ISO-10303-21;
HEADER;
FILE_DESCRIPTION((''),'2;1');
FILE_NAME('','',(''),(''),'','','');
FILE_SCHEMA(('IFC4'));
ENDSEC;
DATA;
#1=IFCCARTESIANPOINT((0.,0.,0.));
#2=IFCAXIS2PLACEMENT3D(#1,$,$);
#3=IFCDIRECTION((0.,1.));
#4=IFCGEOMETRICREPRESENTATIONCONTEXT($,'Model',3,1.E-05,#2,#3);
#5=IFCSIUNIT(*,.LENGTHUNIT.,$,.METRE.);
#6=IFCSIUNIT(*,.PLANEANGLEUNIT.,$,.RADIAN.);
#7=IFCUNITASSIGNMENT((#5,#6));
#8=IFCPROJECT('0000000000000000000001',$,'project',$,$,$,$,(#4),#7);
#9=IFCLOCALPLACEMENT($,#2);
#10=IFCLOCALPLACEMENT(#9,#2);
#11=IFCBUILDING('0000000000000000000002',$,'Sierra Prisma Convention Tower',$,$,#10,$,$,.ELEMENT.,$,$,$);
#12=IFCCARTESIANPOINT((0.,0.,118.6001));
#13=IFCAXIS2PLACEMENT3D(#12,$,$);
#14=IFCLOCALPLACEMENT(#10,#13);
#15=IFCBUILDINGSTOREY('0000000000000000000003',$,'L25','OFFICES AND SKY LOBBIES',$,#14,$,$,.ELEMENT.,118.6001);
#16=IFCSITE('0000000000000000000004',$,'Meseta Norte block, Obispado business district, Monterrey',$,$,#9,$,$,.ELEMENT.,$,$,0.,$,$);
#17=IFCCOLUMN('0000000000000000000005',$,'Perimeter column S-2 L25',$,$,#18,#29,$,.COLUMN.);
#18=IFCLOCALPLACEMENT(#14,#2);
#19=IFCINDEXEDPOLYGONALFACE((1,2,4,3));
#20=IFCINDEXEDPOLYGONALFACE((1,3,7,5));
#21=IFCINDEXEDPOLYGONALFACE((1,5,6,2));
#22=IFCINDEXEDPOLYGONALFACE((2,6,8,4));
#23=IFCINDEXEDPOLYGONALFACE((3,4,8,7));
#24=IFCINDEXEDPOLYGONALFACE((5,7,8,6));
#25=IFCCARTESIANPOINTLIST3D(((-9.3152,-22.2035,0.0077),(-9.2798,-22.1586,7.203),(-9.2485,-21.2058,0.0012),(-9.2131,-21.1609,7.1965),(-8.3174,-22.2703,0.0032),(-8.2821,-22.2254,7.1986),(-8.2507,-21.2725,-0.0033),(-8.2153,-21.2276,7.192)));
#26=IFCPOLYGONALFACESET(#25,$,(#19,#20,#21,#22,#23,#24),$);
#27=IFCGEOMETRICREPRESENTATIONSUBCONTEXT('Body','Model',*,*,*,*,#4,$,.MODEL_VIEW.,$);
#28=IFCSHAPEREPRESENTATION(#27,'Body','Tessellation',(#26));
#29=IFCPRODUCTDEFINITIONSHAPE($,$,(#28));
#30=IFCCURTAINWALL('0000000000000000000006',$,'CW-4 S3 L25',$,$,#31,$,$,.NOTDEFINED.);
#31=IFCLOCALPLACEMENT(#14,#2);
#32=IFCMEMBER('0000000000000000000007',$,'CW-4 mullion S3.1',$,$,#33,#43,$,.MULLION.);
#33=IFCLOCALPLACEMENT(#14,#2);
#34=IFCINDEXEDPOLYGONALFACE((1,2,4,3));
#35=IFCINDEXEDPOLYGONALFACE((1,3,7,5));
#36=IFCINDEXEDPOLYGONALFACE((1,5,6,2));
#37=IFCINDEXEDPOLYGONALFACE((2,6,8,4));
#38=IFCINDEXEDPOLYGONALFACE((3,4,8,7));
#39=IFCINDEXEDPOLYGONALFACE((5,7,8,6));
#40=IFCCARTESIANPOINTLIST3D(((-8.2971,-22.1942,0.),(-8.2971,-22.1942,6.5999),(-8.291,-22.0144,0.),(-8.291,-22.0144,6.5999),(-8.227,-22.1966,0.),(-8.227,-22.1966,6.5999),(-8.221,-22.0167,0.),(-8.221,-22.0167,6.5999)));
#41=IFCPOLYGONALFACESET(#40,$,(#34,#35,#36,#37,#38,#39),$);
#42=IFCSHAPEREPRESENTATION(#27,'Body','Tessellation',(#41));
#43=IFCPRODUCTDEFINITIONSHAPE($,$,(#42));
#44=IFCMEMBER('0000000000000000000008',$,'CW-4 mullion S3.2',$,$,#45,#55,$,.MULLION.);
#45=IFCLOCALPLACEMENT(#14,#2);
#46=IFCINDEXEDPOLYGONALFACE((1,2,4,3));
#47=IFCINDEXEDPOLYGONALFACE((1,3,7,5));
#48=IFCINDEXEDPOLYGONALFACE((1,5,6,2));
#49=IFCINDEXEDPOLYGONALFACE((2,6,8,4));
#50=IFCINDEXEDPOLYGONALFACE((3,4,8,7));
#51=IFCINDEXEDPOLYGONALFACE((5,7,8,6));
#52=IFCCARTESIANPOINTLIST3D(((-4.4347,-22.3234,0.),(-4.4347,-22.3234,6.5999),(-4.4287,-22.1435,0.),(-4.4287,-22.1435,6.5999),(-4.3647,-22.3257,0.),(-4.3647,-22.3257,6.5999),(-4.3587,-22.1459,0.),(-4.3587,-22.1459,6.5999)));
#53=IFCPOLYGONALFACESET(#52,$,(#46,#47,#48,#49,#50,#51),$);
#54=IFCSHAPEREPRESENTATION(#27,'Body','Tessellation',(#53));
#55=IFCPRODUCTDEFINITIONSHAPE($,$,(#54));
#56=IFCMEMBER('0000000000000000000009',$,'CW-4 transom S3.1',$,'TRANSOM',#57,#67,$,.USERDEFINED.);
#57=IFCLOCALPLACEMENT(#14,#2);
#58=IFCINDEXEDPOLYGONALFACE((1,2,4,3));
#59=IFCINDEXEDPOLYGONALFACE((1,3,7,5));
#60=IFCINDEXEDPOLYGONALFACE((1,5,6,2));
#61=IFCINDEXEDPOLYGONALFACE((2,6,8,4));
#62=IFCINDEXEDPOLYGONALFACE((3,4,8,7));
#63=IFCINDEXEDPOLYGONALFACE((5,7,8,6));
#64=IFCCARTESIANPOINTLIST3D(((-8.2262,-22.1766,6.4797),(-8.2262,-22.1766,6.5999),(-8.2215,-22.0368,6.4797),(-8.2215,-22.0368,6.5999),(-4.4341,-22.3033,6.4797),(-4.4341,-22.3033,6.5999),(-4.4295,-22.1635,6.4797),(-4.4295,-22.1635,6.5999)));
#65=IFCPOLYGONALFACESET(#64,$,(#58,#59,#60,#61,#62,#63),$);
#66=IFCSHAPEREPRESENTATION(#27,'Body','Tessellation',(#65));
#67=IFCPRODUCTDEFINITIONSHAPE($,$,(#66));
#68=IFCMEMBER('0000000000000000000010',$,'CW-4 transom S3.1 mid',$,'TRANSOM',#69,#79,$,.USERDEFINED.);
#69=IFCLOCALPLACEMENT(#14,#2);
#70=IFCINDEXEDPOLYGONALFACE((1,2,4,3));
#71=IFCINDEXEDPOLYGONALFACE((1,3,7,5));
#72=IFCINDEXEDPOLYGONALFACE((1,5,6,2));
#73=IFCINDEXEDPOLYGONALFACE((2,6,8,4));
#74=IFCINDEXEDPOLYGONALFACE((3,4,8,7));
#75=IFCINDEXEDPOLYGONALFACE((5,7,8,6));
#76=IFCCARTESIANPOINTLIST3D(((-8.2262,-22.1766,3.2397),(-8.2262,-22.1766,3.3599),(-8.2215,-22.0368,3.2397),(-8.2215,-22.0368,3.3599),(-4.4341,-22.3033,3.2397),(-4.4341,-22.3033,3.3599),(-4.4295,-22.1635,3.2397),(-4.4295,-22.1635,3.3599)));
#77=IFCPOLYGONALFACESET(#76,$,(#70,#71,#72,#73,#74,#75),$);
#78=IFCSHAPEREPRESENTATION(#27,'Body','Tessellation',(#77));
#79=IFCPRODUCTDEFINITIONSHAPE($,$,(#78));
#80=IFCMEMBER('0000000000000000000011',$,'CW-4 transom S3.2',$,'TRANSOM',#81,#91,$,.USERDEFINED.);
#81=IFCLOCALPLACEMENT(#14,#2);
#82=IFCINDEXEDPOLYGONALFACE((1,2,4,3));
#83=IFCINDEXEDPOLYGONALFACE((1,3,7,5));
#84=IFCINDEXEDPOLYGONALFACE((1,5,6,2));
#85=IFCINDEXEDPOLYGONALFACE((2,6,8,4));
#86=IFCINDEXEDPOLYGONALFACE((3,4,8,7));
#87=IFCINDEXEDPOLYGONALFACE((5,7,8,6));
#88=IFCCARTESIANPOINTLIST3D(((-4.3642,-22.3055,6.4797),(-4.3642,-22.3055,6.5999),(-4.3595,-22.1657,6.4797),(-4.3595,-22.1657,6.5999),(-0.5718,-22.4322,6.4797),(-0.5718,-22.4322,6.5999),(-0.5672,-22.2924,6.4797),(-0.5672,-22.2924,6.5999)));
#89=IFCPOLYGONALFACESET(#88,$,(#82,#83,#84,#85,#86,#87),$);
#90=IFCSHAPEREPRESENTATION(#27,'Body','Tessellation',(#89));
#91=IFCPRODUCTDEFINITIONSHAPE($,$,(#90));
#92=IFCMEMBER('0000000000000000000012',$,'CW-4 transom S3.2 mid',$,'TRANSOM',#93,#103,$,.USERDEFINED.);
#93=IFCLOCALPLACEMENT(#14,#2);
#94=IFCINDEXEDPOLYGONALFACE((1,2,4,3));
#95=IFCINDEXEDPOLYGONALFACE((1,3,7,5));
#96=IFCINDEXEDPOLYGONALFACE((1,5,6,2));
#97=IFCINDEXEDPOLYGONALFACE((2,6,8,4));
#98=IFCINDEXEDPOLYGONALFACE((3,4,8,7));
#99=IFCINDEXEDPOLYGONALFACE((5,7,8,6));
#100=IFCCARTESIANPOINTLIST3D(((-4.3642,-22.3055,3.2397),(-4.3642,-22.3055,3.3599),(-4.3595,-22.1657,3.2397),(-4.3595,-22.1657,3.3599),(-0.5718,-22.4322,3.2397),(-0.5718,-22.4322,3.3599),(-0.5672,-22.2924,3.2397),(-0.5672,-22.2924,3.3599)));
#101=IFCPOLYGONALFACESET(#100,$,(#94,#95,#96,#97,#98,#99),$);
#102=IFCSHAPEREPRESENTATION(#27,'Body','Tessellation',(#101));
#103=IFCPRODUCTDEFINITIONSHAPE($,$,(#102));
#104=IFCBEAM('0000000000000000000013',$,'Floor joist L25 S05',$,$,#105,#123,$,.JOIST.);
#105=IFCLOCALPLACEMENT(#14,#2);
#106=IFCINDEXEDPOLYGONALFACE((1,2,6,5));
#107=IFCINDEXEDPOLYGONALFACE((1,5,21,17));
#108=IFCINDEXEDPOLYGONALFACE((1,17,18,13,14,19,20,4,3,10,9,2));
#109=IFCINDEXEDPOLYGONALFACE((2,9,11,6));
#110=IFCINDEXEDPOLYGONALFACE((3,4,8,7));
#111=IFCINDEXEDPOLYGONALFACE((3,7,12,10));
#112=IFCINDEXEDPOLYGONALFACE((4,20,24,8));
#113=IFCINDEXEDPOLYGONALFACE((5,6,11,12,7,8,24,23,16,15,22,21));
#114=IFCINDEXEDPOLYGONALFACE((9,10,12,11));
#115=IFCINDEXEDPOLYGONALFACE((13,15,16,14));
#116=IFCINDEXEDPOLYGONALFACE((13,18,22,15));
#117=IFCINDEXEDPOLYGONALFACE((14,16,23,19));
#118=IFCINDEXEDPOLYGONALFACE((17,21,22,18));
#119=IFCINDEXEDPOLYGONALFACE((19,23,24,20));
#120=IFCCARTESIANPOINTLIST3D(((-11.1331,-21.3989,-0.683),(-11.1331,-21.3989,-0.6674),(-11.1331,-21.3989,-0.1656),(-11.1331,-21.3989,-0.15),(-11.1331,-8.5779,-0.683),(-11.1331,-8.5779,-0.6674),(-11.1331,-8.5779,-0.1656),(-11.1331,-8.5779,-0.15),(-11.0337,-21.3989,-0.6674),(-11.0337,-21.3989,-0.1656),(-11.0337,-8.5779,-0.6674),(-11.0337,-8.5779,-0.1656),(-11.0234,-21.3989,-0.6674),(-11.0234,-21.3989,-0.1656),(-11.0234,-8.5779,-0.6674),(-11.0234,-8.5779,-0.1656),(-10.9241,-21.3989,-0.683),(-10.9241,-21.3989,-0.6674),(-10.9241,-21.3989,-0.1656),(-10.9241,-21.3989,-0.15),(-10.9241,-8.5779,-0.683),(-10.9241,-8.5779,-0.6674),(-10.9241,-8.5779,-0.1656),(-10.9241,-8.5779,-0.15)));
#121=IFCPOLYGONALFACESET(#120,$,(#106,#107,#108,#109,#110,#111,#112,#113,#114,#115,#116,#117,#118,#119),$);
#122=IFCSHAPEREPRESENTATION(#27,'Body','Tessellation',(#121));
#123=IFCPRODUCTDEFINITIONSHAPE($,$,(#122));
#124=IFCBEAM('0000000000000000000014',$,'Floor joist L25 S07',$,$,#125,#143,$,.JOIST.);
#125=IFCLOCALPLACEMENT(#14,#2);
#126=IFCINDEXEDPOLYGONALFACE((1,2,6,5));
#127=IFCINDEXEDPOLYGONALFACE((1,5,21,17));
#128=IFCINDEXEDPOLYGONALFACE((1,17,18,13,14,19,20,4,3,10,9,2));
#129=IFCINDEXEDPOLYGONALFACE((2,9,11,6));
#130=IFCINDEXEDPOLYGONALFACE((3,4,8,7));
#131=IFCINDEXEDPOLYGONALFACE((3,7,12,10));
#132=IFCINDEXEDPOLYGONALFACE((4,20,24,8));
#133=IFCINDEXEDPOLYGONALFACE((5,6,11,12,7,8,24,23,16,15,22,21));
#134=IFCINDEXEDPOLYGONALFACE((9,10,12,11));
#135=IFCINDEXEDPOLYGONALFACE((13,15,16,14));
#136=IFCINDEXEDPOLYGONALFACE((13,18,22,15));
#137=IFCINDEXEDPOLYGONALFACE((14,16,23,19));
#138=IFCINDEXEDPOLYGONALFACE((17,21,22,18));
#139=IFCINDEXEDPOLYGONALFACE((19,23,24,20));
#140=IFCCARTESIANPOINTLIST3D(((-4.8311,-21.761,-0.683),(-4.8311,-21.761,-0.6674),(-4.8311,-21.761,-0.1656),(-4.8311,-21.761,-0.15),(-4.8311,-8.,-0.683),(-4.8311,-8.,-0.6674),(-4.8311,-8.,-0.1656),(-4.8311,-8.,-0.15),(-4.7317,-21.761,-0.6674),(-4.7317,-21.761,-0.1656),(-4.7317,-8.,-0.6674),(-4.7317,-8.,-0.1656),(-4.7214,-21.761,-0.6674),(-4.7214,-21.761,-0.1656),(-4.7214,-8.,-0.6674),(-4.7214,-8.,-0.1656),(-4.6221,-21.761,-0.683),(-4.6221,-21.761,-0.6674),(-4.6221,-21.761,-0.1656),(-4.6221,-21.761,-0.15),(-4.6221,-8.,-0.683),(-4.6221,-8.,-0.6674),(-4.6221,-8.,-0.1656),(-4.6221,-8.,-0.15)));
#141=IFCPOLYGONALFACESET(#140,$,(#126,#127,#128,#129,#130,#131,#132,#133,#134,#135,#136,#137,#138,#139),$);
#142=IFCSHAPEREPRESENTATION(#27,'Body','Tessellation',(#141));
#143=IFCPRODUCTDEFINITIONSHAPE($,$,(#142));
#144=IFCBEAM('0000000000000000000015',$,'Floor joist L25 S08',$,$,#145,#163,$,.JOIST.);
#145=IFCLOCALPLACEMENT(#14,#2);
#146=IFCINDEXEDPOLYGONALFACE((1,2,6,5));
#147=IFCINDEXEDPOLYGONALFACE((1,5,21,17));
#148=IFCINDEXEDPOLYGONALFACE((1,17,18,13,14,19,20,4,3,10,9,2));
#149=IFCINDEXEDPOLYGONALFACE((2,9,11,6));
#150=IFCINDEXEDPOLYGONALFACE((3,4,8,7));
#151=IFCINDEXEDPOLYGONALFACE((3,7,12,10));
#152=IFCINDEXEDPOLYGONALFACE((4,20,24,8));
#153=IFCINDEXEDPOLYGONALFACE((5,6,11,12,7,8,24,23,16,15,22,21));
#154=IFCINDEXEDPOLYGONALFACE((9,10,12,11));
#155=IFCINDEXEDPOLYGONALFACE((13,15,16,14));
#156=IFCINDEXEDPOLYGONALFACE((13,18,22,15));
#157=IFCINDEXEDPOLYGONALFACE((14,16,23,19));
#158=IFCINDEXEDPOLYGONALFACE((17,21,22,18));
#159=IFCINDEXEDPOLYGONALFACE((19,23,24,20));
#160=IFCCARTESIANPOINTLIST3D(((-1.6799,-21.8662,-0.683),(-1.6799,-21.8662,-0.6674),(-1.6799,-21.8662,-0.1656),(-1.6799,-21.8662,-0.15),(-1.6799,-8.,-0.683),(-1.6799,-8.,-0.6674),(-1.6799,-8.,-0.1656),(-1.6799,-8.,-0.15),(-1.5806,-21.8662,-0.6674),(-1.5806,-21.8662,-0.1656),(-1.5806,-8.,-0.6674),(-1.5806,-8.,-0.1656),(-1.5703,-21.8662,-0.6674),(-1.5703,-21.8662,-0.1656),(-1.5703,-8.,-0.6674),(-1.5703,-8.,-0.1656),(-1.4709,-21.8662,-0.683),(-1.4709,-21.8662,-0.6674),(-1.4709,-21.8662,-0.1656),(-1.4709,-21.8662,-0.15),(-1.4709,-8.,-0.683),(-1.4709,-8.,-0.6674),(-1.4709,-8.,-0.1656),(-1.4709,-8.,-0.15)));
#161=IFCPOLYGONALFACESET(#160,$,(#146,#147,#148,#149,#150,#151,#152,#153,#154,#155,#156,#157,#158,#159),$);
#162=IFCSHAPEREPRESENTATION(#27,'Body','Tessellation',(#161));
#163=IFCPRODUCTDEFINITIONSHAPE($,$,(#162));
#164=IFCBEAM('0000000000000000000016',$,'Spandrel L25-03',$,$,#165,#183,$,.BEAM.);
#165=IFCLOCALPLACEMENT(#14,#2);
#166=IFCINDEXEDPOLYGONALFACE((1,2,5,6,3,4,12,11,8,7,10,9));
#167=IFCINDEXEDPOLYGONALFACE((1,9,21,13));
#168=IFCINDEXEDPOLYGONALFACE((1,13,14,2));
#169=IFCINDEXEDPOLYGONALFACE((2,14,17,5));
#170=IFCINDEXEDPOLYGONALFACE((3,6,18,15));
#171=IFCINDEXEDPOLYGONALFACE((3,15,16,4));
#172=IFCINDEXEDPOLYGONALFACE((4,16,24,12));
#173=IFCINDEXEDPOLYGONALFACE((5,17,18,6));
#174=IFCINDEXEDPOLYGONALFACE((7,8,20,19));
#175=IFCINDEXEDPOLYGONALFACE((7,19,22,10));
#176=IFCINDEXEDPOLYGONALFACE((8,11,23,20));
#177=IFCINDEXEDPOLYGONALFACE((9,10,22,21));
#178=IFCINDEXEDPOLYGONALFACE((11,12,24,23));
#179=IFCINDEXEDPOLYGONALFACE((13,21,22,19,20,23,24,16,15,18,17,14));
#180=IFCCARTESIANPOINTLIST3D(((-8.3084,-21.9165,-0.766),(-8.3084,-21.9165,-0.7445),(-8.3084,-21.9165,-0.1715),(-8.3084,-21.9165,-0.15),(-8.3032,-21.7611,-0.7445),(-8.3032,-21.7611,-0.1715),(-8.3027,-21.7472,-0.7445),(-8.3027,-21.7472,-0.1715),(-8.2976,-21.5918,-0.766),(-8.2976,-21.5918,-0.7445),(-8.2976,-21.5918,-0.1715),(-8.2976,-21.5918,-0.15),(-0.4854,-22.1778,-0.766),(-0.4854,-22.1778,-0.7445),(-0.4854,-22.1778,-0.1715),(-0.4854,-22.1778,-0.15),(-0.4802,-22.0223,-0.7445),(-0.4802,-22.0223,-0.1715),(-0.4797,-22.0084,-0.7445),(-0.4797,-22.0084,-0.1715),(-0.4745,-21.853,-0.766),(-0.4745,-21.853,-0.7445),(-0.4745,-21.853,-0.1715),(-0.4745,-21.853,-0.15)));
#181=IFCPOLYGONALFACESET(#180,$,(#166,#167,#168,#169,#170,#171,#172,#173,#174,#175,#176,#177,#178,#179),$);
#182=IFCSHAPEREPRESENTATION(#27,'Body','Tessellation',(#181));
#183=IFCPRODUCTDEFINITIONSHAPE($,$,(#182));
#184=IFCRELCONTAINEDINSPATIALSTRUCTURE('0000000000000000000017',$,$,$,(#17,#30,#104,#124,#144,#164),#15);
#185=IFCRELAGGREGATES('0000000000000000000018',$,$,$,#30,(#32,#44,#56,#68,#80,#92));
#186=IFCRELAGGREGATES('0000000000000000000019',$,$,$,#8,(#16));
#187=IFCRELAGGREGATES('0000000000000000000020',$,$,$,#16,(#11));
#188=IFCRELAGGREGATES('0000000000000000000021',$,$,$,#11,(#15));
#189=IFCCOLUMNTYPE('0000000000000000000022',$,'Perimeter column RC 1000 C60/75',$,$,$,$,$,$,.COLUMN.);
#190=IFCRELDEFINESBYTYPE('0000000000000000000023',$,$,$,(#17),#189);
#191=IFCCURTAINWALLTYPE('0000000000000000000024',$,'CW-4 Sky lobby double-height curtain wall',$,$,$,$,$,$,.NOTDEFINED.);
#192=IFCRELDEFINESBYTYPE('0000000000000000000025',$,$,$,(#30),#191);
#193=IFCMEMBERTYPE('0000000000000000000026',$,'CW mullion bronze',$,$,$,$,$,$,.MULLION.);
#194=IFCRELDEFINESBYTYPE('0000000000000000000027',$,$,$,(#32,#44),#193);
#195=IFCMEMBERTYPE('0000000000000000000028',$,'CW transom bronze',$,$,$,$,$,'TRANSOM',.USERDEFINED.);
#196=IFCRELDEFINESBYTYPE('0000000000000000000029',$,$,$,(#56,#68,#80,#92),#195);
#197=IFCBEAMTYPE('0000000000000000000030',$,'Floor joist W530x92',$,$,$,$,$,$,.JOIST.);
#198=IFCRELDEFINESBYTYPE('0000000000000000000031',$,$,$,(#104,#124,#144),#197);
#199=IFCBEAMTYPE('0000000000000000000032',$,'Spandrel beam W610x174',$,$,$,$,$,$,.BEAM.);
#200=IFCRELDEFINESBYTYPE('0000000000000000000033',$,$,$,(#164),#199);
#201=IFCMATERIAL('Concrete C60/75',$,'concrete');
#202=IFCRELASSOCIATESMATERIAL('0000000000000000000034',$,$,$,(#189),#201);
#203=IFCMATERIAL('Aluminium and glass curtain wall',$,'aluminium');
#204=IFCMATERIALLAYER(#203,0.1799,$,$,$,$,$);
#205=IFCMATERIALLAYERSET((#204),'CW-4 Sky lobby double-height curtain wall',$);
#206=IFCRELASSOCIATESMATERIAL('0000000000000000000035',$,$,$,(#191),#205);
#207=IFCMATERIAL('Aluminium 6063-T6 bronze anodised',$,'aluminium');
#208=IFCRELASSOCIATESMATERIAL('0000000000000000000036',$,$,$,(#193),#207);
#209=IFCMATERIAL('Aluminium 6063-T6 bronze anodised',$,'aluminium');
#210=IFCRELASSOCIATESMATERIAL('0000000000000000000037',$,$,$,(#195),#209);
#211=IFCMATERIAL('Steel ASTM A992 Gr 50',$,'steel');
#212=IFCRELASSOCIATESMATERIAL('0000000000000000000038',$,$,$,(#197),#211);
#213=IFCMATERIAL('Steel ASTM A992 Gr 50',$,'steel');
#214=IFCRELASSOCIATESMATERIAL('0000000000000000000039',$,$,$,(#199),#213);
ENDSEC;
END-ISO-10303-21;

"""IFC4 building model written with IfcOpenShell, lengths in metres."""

from ifc_helpers import new_model, si_unit, direction, frame, origin, origin_2d, place, context, subcontext, project, spatial, rectangle, i_section, extrude, clip, halfspace, material, layer, layer_set, material_profile, profile_set, type_object, element, aggregate, save


model = new_model("IFC4")

# Units and contexts
model_context = context("Model", 3, precision=1e-05, world=origin(), true_north=direction((0.0, 1.0)))
body_context = subcontext(model_context, "Body", "Model", "MODEL_VIEW")
ifc_project = project(units=[si_unit("LENGTHUNIT", "METRE"), si_unit("PLANEANGLEUNIT", "RADIAN")], contexts=[model_context])

# Site, building, storey
site_placement = place(None, origin())
site = spatial("IfcSite", under=ifc_project, at=site_placement, Name="Meseta Norte block, Obispado business district, Monterrey", CompositionType="ELEMENT", RefElevation=0.0)
building_placement = place(site_placement, origin())
building = spatial("IfcBuilding", under=site, at=building_placement, Name="Sierra Prisma Convention Tower", CompositionType="ELEMENT")
storey_placement = place(building_placement, frame((0.0, 0.0, 118.6001)))
storey = spatial("IfcBuildingStorey", under=building, at=storey_placement, Name="L25", Description="OFFICES AND SKY LOBBIES", CompositionType="ELEMENT", Elevation=118.6001)

# Column
ifc_material_1 = material(Name="Concrete C60/75", Category="concrete")
ifc_material_profile_1 = material_profile(ifc_material_1, rectangle(XDim=1.0, YDim=1.0, at=origin_2d()), Name="Perimeter column RC 1000 C60/75")
ifc_profile_set_1 = profile_set([ifc_material_profile_1], Name="Concrete C60/75")
column_type = type_object("IfcColumnType", Name="Perimeter column RC 1000 C60/75", PredefinedType="COLUMN", material=ifc_profile_set_1)
column_placement = place(storey_placement, frame((-8.783, -21.738, 0.0), z_axis=(0.004917, 0.006239, 0.999968), x_axis=(-0.997757, 0.066782, 0.004489)))
element("IfcColumn", 1, at=column_placement, inside=storey, type_object=column_type, Name="Perimeter column S-2 L25", PredefinedType="COLUMN", context=body_context, shape_type="SweptSolid", body=[
    clip(clip(extrude(rectangle(XDim=1.0, YDim=1.0, at=origin_2d()), origin(), (0.0, 0.0, 1.0), 7.2002), halfspace(frame((0.0, 0.0, 0.0022)), True)), halfspace(frame((0.0, 0.0, 7.1978)), False)),
])

# Curtain wall, members
ifc_material_2 = material(Name="Aluminium and glass curtain wall", Category="aluminium")
ifc_layer_1 = layer(ifc_material_2, 0.1799)
ifc_layer_set_1 = layer_set([ifc_layer_1], Name="CW-4 Sky lobby double-height curtain wall")
curtain_wall_type = type_object("IfcCurtainWallType", Name="CW-4 Sky lobby double-height curtain wall", PredefinedType="NOTDEFINED", material=ifc_layer_set_1)
curtain_wall_1_placement = place(storey_placement, origin())
curtain_wall_1 = element("IfcCurtainWall", 2, at=curtain_wall_1_placement, inside=storey, type_object=curtain_wall_type, Name="CW-4 S3 L25", PredefinedType="NOTDEFINED")
ifc_material_3 = material(Name="Aluminium 6063-T6 bronze anodised", Category="aluminium")
ifc_material_profile_2 = material_profile(ifc_material_3, rectangle(XDim=0.1799, YDim=0.0701, at=origin_2d()), Name="ALU MULLION 70x180")
ifc_profile_set_2 = profile_set([ifc_material_profile_2], Name="Aluminium 6063-T6 bronze anodised")
member_type_1 = type_object("IfcMemberType", Name="CW mullion bronze", PredefinedType="MULLION", material=ifc_profile_set_2)
member_1_placement = place(storey_placement, frame((-8.259, -22.1055, 0.0), z_axis=(0.0, 0.0, 1.0), x_axis=(0.033395, 0.999442, 0.0)))
member_1 = element("IfcMember", 3, at=member_1_placement, type_object=member_type_1, Name="CW-4 mullion S3.1", PredefinedType="MULLION", context=body_context, shape_type="SweptSolid", body=[
    extrude(rectangle(XDim=0.1799, YDim=0.0701, at=origin_2d()), origin(), (0.0, 0.0, 1.0), 6.5999),
])
member_2_placement = place(storey_placement, frame((-4.3967, -22.2346, 0.0), z_axis=(0.0, 0.0, 1.0), x_axis=(0.033395, 0.999442, 0.0)))
member_2 = element("IfcMember", 4, at=member_2_placement, type_object=member_type_1, Name="CW-4 mullion S3.2", PredefinedType="MULLION", context=body_context, shape_type="SweptSolid", body=[
    extrude(rectangle(XDim=0.1799, YDim=0.0701, at=origin_2d()), origin(), (0.0, 0.0, 1.0), 6.5999),
])
ifc_material_4 = material(Name="Aluminium 6063-T6 bronze anodised", Category="aluminium")
ifc_material_profile_3 = material_profile(ifc_material_4, rectangle(XDim=0.1399, YDim=0.1201, at=origin_2d()), Name="ALU TRANSOM 120x140")
ifc_profile_set_3 = profile_set([ifc_material_profile_3], Name="Aluminium 6063-T6 bronze anodised")
member_type_2 = type_object("IfcMemberType", Name="CW transom bronze", ElementType="TRANSOM", PredefinedType="USERDEFINED", material=ifc_profile_set_3)
member_3_placement = place(storey_placement, frame((-8.2239, -22.1067, 6.5398), z_axis=(0.999442, -0.033396, 0.0), x_axis=(0.033396, 0.999442, 0.0)))
member_3 = element("IfcMember", 5, at=member_3_placement, type_object=member_type_2, Name="CW-4 transom S3.1", ObjectType="TRANSOM", PredefinedType="USERDEFINED", context=body_context, shape_type="SweptSolid", body=[
    extrude(rectangle(XDim=0.1399, YDim=0.1201, at=origin_2d()), origin(), (0.0, 0.0, 1.0), 3.7942),
])
member_4_placement = place(storey_placement, frame((-8.2239, -22.1067, 3.2998), z_axis=(0.999442, -0.033396, 0.0), x_axis=(0.033396, 0.999442, 0.0)))
member_4 = element("IfcMember", 6, at=member_4_placement, type_object=member_type_2, Name="CW-4 transom S3.1 mid", ObjectType="TRANSOM", PredefinedType="USERDEFINED", context=body_context, shape_type="SweptSolid", body=[
    extrude(rectangle(XDim=0.1399, YDim=0.1201, at=origin_2d()), origin(), (0.0, 0.0, 1.0), 3.7942),
])
member_5_placement = place(storey_placement, frame((-4.3618, -22.2356, 6.5398), z_axis=(0.999442, -0.033394, 0.0), x_axis=(0.033394, 0.999442, 0.0)))
member_5 = element("IfcMember", 7, at=member_5_placement, type_object=member_type_2, Name="CW-4 transom S3.2", ObjectType="TRANSOM", PredefinedType="USERDEFINED", context=body_context, shape_type="SweptSolid", body=[
    extrude(rectangle(XDim=0.1399, YDim=0.1201, at=origin_2d()), origin(), (0.0, 0.0, 1.0), 3.7944),
])
member_6_placement = place(storey_placement, frame((-4.3618, -22.2356, 3.2998), z_axis=(0.999442, -0.033394, 0.0), x_axis=(0.033394, 0.999442, 0.0)))
member_6 = element("IfcMember", 8, at=member_6_placement, type_object=member_type_2, Name="CW-4 transom S3.2 mid", ObjectType="TRANSOM", PredefinedType="USERDEFINED", context=body_context, shape_type="SweptSolid", body=[
    extrude(rectangle(XDim=0.1399, YDim=0.1201, at=origin_2d()), origin(), (0.0, 0.0, 1.0), 3.7944),
])

# Beams
ifc_material_5 = material(Name="Steel ASTM A992 Gr 50", Category="steel")
ifc_material_profile_4 = material_profile(ifc_material_5, i_section(OverallWidth=0.209, OverallDepth=0.533, WebThickness=0.0103, FlangeThickness=0.0156, at=origin_2d()), Name="W530x92")
ifc_profile_set_4 = profile_set([ifc_material_profile_4], Name="Steel ASTM A992 Gr 50")
beam_type_1 = type_object("IfcBeamType", Name="Floor joist W530x92", PredefinedType="JOIST", material=ifc_profile_set_4)
beam_1_placement = place(storey_placement, frame((-11.0286, -21.3989, -0.4165), z_axis=(0.0, 1.0, 0.0), x_axis=(-1.0, 0.0, 0.0)))
element("IfcBeam", 9, at=beam_1_placement, inside=storey, type_object=beam_type_1, Name="Floor joist L25 S05", PredefinedType="JOIST", context=body_context, shape_type="SweptSolid", body=[
    extrude(i_section(OverallWidth=0.209, OverallDepth=0.533, WebThickness=0.0103, FlangeThickness=0.0156, at=origin_2d()), origin(), (0.0, 0.0, 1.0), 12.821),
])
beam_2_placement = place(storey_placement, frame((-4.7266, -21.761, -0.4165), z_axis=(0.0, 1.0, 0.0), x_axis=(-1.0, 0.0, 0.0)))
element("IfcBeam", 10, at=beam_2_placement, inside=storey, type_object=beam_type_1, Name="Floor joist L25 S07", PredefinedType="JOIST", context=body_context, shape_type="SweptSolid", body=[
    extrude(i_section(OverallWidth=0.209, OverallDepth=0.533, WebThickness=0.0103, FlangeThickness=0.0156, at=origin_2d()), origin(), (0.0, 0.0, 1.0), 13.761),
])
beam_3_placement = place(storey_placement, frame((-1.5754, -21.8662, -0.4165), z_axis=(0.0, 1.0, 0.0), x_axis=(-1.0, 0.0, 0.0)))
element("IfcBeam", 11, at=beam_3_placement, inside=storey, type_object=beam_type_1, Name="Floor joist L25 S08", PredefinedType="JOIST", context=body_context, shape_type="SweptSolid", body=[
    extrude(i_section(OverallWidth=0.209, OverallDepth=0.533, WebThickness=0.0103, FlangeThickness=0.0156, at=origin_2d()), origin(), (0.0, 0.0, 1.0), 13.8662),
])
ifc_material_6 = material(Name="Steel ASTM A992 Gr 50", Category="steel")
ifc_material_profile_5 = material_profile(ifc_material_6, i_section(OverallWidth=0.325, OverallDepth=0.616, WebThickness=0.0139, FlangeThickness=0.0215, at=origin_2d()), Name="W610x174")
ifc_profile_set_5 = profile_set([ifc_material_profile_5], Name="Steel ASTM A992 Gr 50")
beam_type_2 = type_object("IfcBeamType", Name="Spandrel beam W610x174", PredefinedType="BEAM", material=ifc_profile_set_5)
beam_4_placement = place(storey_placement, frame((-8.303, -21.7542, -0.458), z_axis=(0.999443, -0.033374, 0.0), x_axis=(0.033374, 0.999443, 0.0)))
element("IfcBeam", 12, at=beam_4_placement, inside=storey, type_object=beam_type_2, Name="Spandrel L25-03", PredefinedType="BEAM", context=body_context, shape_type="SweptSolid", body=[
    extrude(i_section(OverallWidth=0.325, OverallDepth=0.616, WebThickness=0.0139, FlangeThickness=0.0215, at=origin_2d()), origin(), (0.0, 0.0, 1.0), 7.8274),
])

aggregate(curtain_wall_1, [member_1, member_2, member_3, member_4, member_5, member_6])

save(model, "model.ifc")
